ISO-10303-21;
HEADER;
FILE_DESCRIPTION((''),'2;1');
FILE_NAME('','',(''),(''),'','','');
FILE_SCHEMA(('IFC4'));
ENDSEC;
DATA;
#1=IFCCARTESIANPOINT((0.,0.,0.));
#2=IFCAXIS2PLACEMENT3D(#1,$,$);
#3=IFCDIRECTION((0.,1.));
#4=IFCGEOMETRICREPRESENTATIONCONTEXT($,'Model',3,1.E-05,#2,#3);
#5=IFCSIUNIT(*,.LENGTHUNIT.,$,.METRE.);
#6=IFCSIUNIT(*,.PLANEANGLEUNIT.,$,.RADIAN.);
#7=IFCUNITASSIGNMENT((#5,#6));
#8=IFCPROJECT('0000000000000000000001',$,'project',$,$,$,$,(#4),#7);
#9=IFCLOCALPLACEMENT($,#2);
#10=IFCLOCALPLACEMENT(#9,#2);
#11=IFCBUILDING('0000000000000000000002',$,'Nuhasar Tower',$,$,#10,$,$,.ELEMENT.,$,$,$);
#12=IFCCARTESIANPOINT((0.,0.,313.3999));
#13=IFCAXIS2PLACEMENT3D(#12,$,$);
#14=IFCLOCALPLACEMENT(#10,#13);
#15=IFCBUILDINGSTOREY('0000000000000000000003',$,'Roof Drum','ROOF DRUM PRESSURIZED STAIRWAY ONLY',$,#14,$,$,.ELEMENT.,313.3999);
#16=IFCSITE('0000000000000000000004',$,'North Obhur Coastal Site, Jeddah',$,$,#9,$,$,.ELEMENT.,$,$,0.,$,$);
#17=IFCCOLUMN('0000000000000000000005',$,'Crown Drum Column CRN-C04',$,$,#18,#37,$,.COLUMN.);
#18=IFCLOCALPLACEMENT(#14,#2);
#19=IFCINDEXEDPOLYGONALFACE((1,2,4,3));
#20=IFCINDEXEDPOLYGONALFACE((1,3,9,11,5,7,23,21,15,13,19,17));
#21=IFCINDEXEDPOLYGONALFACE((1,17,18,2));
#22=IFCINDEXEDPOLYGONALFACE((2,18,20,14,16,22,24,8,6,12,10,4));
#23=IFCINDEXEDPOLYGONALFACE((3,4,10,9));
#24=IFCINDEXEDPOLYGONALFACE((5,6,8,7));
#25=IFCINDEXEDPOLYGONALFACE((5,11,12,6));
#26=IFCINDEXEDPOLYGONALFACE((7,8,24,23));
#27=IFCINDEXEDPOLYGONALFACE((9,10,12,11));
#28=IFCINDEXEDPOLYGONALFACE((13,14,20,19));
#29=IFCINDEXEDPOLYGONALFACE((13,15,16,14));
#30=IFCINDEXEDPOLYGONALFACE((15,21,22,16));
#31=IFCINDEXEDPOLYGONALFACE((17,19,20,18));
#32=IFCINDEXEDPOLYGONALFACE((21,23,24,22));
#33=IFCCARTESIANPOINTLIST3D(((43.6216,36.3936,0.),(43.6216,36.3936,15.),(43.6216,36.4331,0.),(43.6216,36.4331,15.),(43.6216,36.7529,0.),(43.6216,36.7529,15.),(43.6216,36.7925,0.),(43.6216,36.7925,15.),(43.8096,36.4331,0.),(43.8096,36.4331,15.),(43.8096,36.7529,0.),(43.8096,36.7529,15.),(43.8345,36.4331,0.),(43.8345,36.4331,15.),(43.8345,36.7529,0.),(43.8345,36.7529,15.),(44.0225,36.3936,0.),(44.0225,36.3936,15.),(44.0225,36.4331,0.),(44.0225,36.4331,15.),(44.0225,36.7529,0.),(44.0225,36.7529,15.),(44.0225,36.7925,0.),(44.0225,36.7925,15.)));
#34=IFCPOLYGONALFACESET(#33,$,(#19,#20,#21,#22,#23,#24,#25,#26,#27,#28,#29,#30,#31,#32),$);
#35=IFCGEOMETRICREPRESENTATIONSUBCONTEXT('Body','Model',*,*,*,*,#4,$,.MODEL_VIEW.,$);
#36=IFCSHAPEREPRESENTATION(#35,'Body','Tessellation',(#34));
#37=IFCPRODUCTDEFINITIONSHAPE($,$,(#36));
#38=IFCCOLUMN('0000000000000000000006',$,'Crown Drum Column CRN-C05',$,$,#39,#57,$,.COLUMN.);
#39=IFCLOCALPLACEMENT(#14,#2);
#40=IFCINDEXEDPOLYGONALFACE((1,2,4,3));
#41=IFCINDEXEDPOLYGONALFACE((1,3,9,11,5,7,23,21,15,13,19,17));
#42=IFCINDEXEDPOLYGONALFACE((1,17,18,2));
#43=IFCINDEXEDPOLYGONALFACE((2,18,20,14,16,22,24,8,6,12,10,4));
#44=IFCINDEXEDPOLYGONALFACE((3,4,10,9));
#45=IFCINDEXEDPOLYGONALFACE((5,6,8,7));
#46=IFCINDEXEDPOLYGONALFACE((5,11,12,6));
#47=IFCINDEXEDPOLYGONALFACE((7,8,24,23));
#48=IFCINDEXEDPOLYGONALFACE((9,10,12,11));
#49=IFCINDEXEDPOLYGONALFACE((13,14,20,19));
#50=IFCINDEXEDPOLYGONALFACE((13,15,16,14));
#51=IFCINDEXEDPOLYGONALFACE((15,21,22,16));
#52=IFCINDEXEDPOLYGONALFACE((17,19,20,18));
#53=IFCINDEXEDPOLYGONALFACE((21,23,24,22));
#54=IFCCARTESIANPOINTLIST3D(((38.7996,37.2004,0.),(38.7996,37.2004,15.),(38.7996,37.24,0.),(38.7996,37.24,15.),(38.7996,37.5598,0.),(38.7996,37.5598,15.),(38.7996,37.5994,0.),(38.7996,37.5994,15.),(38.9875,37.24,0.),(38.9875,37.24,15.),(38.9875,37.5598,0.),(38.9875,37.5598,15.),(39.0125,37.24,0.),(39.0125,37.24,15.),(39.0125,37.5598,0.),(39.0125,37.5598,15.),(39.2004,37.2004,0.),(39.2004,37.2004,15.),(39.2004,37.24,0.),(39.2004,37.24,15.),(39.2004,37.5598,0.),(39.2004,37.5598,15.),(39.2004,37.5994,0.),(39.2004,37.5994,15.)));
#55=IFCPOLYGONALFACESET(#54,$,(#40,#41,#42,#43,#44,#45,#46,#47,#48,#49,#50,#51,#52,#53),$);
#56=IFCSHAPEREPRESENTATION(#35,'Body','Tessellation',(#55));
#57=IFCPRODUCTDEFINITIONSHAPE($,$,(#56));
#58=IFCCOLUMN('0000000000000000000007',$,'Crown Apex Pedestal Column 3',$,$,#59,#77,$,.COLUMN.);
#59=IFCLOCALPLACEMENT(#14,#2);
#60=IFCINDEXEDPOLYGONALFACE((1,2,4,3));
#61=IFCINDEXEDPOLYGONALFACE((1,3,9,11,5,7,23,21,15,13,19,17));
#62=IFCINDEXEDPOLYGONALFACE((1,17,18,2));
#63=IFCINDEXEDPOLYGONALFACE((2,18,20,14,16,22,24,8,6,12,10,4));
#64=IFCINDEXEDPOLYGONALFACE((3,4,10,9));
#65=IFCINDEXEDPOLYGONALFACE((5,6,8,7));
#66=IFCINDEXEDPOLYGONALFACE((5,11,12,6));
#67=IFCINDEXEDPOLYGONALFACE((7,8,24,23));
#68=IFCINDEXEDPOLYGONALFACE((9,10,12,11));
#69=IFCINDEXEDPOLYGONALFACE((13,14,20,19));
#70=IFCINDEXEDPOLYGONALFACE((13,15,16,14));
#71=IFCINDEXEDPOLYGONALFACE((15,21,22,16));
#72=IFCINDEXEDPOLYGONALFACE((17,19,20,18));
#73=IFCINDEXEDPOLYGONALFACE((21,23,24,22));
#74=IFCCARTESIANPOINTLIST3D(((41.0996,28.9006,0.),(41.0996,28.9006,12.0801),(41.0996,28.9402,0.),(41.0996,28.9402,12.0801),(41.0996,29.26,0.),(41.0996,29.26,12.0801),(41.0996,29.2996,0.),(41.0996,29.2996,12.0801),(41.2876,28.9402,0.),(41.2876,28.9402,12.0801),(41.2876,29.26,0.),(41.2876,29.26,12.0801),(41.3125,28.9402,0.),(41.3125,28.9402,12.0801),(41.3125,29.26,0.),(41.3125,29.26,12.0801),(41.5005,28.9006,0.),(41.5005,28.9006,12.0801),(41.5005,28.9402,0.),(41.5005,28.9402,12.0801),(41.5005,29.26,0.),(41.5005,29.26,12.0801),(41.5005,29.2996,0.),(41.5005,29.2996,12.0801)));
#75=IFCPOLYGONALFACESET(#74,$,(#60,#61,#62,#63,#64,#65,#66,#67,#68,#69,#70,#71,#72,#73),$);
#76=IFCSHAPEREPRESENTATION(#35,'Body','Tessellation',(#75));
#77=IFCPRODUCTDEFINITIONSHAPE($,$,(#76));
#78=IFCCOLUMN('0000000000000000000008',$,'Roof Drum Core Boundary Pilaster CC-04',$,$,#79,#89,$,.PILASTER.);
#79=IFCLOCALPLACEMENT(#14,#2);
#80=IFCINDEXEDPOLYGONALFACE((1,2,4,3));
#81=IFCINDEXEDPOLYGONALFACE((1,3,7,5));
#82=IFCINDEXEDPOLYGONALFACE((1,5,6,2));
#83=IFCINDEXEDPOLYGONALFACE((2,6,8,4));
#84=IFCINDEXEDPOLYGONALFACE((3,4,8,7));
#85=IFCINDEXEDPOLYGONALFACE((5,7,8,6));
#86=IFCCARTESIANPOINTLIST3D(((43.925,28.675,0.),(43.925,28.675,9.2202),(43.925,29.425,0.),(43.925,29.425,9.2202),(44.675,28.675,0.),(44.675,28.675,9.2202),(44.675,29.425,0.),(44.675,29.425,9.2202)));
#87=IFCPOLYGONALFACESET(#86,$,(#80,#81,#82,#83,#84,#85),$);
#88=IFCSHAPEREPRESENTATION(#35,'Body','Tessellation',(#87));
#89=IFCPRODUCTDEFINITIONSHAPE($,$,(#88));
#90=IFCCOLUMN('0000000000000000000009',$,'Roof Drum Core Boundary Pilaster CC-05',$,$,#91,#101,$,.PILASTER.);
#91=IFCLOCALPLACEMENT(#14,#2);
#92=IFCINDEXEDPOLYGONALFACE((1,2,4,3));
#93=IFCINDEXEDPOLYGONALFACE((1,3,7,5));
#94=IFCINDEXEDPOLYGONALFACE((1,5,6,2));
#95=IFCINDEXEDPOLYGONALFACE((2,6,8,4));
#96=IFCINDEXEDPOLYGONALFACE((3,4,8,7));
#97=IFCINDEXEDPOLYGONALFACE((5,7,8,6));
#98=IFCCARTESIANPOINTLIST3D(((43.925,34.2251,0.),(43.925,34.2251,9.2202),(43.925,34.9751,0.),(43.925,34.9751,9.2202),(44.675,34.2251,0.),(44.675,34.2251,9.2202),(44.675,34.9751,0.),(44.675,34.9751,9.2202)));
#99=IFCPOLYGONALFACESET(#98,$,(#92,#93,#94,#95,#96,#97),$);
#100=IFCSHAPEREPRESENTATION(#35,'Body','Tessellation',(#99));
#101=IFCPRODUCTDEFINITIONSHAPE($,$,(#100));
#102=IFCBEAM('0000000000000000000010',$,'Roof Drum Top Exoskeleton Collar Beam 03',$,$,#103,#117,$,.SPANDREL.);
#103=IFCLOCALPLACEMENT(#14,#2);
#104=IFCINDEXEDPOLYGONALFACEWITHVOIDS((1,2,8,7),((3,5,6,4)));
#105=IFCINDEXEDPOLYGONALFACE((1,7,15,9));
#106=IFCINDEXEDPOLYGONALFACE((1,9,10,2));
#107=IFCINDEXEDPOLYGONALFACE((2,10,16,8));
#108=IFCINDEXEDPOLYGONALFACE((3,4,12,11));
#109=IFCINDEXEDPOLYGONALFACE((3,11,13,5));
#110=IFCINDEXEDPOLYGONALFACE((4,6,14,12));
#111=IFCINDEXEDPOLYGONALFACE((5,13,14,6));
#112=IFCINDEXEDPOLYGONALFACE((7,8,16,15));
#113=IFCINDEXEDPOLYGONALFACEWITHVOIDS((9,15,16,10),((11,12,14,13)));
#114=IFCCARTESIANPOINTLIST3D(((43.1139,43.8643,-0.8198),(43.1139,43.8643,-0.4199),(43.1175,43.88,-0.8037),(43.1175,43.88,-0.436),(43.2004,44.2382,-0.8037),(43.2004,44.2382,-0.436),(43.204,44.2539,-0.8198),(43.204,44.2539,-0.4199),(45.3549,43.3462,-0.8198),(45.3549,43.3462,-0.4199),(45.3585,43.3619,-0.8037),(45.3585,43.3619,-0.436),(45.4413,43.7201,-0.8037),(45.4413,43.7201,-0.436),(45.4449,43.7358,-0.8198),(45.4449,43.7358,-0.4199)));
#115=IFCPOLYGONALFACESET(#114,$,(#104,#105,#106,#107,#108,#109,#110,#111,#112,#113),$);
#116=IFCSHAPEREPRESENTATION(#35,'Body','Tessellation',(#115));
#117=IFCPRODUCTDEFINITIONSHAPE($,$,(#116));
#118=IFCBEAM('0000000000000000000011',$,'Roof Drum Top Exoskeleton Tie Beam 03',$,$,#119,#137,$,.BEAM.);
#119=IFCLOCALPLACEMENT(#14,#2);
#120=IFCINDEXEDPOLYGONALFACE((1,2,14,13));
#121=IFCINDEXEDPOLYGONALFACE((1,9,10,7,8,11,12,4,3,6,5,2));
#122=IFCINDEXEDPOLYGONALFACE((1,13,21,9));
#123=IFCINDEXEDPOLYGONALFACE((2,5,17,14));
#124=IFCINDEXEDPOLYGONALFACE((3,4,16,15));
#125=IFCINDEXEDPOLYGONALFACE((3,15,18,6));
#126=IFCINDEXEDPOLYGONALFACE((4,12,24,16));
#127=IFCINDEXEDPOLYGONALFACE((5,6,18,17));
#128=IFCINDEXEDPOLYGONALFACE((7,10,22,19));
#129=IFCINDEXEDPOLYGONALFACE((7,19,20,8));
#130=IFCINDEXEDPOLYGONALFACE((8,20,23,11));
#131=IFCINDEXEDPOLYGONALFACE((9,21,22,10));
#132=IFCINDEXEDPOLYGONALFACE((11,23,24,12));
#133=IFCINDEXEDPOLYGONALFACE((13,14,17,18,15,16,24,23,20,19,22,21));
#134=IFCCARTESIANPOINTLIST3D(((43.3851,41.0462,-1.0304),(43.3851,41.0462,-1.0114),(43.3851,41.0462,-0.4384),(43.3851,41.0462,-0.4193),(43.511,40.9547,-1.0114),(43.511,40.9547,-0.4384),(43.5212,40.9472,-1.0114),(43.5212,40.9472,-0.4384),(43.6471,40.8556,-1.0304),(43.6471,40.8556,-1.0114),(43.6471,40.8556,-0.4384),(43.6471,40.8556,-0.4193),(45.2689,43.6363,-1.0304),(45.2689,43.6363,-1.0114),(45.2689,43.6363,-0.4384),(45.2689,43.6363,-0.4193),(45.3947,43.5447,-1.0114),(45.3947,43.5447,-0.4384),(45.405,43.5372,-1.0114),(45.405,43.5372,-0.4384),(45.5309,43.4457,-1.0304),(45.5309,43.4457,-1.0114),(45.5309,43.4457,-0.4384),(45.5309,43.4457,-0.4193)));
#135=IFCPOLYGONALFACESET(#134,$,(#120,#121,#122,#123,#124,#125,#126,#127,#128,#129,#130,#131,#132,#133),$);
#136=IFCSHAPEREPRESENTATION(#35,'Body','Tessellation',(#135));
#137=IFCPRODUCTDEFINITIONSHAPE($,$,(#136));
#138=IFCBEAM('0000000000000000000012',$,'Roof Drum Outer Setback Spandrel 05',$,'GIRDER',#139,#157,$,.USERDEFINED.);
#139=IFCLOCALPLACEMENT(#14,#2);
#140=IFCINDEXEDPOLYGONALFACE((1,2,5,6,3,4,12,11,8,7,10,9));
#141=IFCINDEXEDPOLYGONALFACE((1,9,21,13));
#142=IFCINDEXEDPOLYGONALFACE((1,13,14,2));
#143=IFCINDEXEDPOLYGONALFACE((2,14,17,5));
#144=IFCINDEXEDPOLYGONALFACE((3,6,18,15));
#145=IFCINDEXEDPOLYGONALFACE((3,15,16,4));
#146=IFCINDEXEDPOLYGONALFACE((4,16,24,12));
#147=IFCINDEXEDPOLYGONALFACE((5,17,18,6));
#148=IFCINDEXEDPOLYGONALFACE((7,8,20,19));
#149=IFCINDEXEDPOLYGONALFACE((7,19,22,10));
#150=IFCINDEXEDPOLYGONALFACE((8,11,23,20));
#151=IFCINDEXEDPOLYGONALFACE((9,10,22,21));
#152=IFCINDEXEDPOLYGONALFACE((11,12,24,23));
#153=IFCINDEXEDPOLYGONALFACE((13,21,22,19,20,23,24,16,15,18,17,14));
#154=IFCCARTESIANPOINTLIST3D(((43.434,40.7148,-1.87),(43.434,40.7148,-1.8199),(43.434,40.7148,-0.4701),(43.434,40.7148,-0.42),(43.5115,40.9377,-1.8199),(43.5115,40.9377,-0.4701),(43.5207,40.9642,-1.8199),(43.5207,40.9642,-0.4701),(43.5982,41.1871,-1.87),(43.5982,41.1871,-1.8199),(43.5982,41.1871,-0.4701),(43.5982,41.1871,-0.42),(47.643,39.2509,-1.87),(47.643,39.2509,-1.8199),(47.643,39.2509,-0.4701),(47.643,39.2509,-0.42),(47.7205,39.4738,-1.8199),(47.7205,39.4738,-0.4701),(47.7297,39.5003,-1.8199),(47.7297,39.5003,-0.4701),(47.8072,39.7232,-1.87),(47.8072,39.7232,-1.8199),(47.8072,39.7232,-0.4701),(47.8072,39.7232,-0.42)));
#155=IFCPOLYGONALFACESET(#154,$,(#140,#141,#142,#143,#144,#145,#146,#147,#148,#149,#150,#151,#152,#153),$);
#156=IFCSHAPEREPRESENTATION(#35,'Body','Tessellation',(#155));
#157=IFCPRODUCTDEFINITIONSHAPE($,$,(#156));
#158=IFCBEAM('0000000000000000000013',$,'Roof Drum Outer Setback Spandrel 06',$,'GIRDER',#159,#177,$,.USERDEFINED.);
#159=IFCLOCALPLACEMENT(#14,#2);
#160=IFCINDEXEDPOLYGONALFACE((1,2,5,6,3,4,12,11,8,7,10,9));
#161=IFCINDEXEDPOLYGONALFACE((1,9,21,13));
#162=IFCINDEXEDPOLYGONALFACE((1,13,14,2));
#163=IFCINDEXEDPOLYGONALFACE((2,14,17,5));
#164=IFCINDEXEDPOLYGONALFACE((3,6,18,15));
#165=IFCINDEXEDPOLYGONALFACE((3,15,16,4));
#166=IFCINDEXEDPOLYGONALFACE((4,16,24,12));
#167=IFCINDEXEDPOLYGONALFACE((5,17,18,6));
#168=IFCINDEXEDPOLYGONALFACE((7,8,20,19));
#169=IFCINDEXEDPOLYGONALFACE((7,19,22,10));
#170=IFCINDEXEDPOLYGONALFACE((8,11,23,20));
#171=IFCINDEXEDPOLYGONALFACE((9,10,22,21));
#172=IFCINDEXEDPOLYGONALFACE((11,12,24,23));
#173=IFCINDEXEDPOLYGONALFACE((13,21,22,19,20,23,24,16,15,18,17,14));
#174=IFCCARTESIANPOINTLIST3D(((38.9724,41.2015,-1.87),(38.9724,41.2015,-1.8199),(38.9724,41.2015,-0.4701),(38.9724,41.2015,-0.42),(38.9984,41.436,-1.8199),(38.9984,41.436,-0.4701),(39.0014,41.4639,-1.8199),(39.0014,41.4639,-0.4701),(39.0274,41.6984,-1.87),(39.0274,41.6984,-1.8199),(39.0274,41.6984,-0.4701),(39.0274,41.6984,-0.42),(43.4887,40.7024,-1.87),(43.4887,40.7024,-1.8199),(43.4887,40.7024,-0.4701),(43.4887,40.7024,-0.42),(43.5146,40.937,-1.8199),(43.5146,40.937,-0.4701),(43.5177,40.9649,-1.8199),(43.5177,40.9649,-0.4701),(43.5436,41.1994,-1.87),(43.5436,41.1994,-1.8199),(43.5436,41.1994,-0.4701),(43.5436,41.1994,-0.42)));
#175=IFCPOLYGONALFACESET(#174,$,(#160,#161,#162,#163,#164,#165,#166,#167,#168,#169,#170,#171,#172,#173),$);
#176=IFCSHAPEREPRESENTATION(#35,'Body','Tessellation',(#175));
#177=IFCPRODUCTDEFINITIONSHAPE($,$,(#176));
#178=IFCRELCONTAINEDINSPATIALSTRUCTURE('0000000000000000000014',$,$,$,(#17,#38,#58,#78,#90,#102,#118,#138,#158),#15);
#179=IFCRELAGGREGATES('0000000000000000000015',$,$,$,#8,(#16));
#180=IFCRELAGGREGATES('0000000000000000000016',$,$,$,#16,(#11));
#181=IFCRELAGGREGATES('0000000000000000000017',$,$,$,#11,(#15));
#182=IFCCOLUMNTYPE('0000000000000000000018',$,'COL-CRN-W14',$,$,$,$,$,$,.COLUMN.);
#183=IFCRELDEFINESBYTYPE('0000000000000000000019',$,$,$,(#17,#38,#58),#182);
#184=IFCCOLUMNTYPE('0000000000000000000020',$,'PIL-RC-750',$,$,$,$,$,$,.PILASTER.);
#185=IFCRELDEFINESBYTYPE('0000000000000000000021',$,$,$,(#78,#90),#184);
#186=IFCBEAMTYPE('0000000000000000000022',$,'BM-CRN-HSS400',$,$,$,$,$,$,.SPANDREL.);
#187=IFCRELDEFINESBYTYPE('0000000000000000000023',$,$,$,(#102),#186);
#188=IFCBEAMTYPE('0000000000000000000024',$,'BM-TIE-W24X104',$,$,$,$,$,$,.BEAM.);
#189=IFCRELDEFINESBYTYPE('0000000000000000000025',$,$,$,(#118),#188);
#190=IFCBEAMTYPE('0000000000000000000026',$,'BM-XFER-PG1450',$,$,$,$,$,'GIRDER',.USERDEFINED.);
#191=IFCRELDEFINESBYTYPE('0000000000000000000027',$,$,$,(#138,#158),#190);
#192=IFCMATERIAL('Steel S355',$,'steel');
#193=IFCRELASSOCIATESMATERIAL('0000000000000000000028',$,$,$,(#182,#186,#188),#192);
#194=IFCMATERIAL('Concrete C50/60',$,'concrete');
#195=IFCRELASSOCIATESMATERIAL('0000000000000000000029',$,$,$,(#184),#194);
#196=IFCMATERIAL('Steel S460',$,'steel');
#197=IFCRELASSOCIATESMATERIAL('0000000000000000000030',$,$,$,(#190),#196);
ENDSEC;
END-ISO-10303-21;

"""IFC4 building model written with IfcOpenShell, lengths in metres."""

from ifc_helpers import new_model, si_unit, direction, frame, origin, origin_2d, place, context, subcontext, project, spatial, rectangle, hollow_rectangle, i_section, extrude, material, material_profile, profile_set, type_object, element, save


model = new_model("IFC4")

# Units and contexts
model_context = context("Model", 3, precision=1e-05, world=origin(), true_north=direction((0.0, 1.0)))
body_context = subcontext(model_context, "Body", "Model", "MODEL_VIEW")
ifc_project = project(units=[si_unit("LENGTHUNIT", "METRE"), si_unit("PLANEANGLEUNIT", "RADIAN")], contexts=[model_context])

# Site, building, storey
site_placement = place(None, origin())
site = spatial("IfcSite", under=ifc_project, at=site_placement, Name="North Obhur Coastal Site, Jeddah", CompositionType="ELEMENT", RefElevation=0.0)
building_placement = place(site_placement, origin())
building = spatial("IfcBuilding", under=site, at=building_placement, Name="Nuhasar Tower", CompositionType="ELEMENT")
storey_placement = place(building_placement, frame((0.0, 0.0, 313.3999)))
storey = spatial("IfcBuildingStorey", under=building, at=storey_placement, Name="Roof Drum", Description="ROOF DRUM PRESSURIZED STAIRWAY ONLY", CompositionType="ELEMENT", Elevation=313.3999)

# Columns
ifc_material_1 = material(Name="Steel S355", Category="steel")
ifc_material_profile_1 = material_profile(ifc_material_1, i_section(OverallWidth=0.4009, OverallDepth=0.3989, WebThickness=0.0249, FlangeThickness=0.0396, at=origin_2d()), Name="W14X211")
ifc_profile_set_1 = profile_set([ifc_material_profile_1], Name="Steel S355")
column_type_1 = type_object("IfcColumnType", Name="COL-CRN-W14", PredefinedType="COLUMN", material=ifc_profile_set_1)
for number, where, z_axis, x_axis, name in (
    (1, (43.822, 36.593, 0.0), (0.0, 0.0, 1.0), (1.0, 0.0, 0.0), "Crown Drum Column CRN-C04"),
    (2, (39.0, 37.3999, 0.0), (0.0, 0.0, 1.0), (1.0, 0.0, 0.0), "Crown Drum Column CRN-C05"),
):
    element("IfcColumn", number, at=place(storey_placement, frame(where, z_axis=z_axis, x_axis=x_axis)), inside=storey, type_object=column_type_1, Name=name, PredefinedType="COLUMN", context=body_context, shape_type="SweptSolid", body=[
        extrude(i_section(OverallWidth=0.4009, OverallDepth=0.3989, WebThickness=0.0249, FlangeThickness=0.0396, at=origin_2d()), origin(), (0.0, 0.0, 1.0), 15.0),
    ])
column_placement = place(storey_placement, frame((41.3, 29.1001, 0.0), z_axis=(0.0, 0.0, 1.0), x_axis=(1.0, 0.0, 0.0)))
element("IfcColumn", 3, at=column_placement, inside=storey, type_object=column_type_1, Name="Crown Apex Pedestal Column 3", PredefinedType="COLUMN", context=body_context, shape_type="SweptSolid", body=[
    extrude(i_section(OverallWidth=0.4009, OverallDepth=0.3989, WebThickness=0.0249, FlangeThickness=0.0396, at=origin_2d()), origin(), (0.0, 0.0, 1.0), 12.0801),
])
ifc_material_2 = material(Name="Concrete C50/60", Category="concrete")
ifc_material_profile_2 = material_profile(ifc_material_2, rectangle(XDim=0.75, YDim=0.75, at=origin_2d()), Name="RC750X750")
ifc_profile_set_2 = profile_set([ifc_material_profile_2], Name="Concrete C50/60")
column_type_2 = type_object("IfcColumnType", Name="PIL-RC-750", PredefinedType="PILASTER", material=ifc_profile_set_2)
for number, where, z_axis, x_axis, name in (
    (4, (44.3, 29.05, 0.0), (0.0, 0.0, 1.0), (1.0, 0.0, 0.0), "Roof Drum Core Boundary Pilaster CC-04"),
    (5, (44.3, 34.6001, 0.0), (0.0, 0.0, 1.0), (1.0, 0.0, 0.0), "Roof Drum Core Boundary Pilaster CC-05"),
):
    element("IfcColumn", number, at=place(storey_placement, frame(where, z_axis=z_axis, x_axis=x_axis)), inside=storey, type_object=column_type_2, Name=name, PredefinedType="PILASTER", context=body_context, shape_type="SweptSolid", body=[
        extrude(rectangle(XDim=0.75, YDim=0.75, at=origin_2d()), origin(), (0.0, 0.0, 1.0), 9.2202),
    ])

# Beams
ifc_material_profile_3 = material_profile(ifc_material_1, hollow_rectangle(XDim=0.3999, YDim=0.3999, WallThickness=0.0161, at=origin_2d()), Name="HSS400X400X16")
ifc_profile_set_3 = profile_set([ifc_material_profile_3], Name="Steel S355")
beam_type_1 = type_object("IfcBeamType", Name="BM-CRN-HSS400", PredefinedType="SPANDREL", material=ifc_profile_set_3)
beam_1_placement = place(storey_placement, frame((45.3999, 43.541, -0.6199), z_axis=(-0.974303, 0.225239, 0.0), x_axis=(-0.225239, -0.974303, 0.0)))
element("IfcBeam", 6, at=beam_1_placement, inside=storey, type_object=beam_type_1, Name="Roof Drum Top Exoskeleton Collar Beam 03", PredefinedType="SPANDREL", context=body_context, shape_type="SweptSolid", body=[
    extrude(hollow_rectangle(XDim=0.3999, YDim=0.3999, WallThickness=0.0161, at=origin_2d()), origin(), (0.0, 0.0, 1.0), 2.3),
])
ifc_material_profile_4 = material_profile(ifc_material_1, i_section(OverallWidth=0.324, OverallDepth=0.6111, WebThickness=0.0127, FlangeThickness=0.019, at=origin_2d()), Name="W24X104")
ifc_profile_set_4 = profile_set([ifc_material_profile_4], Name="Steel S355")
beam_type_2 = type_object("IfcBeamType", Name="BM-TIE-W24X104", PredefinedType="BEAM", material=ifc_profile_set_4)
beam_2_placement = place(storey_placement, frame((43.5161, 40.9509, -0.7249), z_axis=(0.58819, 0.808723, 0.0), x_axis=(-0.808723, 0.58819, 0.0)))
element("IfcBeam", 7, at=beam_2_placement, inside=storey, type_object=beam_type_2, Name="Roof Drum Top Exoskeleton Tie Beam 03", PredefinedType="BEAM", context=body_context, shape_type="SweptSolid", body=[
    extrude(i_section(OverallWidth=0.324, OverallDepth=0.6111, WebThickness=0.0127, FlangeThickness=0.019, at=origin_2d()), origin(), (0.0, 0.0, 1.0), 3.2026),
])
ifc_material_3 = material(Name="Steel S460", Category="steel")
ifc_material_profile_5 = material_profile(ifc_material_3, i_section(OverallWidth=0.5, OverallDepth=1.45, WebThickness=0.0281, FlangeThickness=0.05, at=origin_2d()), Name="PG1450X500")
ifc_profile_set_5 = profile_set([ifc_material_profile_5], Name="Steel S460")
beam_type_3 = type_object("IfcBeamType", Name="BM-XFER-PG1450", ElementType="GIRDER", PredefinedType="USERDEFINED", material=ifc_profile_set_5)
beam_3_placement = place(storey_placement, frame((47.7251, 39.4871, -1.145), z_axis=(-0.944506, 0.328495, 0.0), x_axis=(-0.328495, -0.944506, 0.0)))
element("IfcBeam", 8, at=beam_3_placement, inside=storey, type_object=beam_type_3, Name="Roof Drum Outer Setback Spandrel 05", ObjectType="GIRDER", PredefinedType="USERDEFINED", context=body_context, shape_type="SweptSolid", body=[
    extrude(i_section(OverallWidth=0.5, OverallDepth=1.45, WebThickness=0.0281, FlangeThickness=0.05, at=origin_2d()), origin(), (0.0, 0.0, 1.0), 4.4563),
])
beam_4_placement = place(storey_placement, frame((43.5161, 40.9509, -1.145), z_axis=(-0.99395, 0.10983, 0.0), x_axis=(-0.10983, -0.99395, 0.0)))
element("IfcBeam", 9, at=beam_4_placement, inside=storey, type_object=beam_type_3, Name="Roof Drum Outer Setback Spandrel 06", ObjectType="GIRDER", PredefinedType="USERDEFINED", context=body_context, shape_type="SweptSolid", body=[
    extrude(i_section(OverallWidth=0.5, OverallDepth=1.45, WebThickness=0.0281, FlangeThickness=0.05, at=origin_2d()), origin(), (0.0, 0.0, 1.0), 4.5437),
])

save(model, "model.ifc")
